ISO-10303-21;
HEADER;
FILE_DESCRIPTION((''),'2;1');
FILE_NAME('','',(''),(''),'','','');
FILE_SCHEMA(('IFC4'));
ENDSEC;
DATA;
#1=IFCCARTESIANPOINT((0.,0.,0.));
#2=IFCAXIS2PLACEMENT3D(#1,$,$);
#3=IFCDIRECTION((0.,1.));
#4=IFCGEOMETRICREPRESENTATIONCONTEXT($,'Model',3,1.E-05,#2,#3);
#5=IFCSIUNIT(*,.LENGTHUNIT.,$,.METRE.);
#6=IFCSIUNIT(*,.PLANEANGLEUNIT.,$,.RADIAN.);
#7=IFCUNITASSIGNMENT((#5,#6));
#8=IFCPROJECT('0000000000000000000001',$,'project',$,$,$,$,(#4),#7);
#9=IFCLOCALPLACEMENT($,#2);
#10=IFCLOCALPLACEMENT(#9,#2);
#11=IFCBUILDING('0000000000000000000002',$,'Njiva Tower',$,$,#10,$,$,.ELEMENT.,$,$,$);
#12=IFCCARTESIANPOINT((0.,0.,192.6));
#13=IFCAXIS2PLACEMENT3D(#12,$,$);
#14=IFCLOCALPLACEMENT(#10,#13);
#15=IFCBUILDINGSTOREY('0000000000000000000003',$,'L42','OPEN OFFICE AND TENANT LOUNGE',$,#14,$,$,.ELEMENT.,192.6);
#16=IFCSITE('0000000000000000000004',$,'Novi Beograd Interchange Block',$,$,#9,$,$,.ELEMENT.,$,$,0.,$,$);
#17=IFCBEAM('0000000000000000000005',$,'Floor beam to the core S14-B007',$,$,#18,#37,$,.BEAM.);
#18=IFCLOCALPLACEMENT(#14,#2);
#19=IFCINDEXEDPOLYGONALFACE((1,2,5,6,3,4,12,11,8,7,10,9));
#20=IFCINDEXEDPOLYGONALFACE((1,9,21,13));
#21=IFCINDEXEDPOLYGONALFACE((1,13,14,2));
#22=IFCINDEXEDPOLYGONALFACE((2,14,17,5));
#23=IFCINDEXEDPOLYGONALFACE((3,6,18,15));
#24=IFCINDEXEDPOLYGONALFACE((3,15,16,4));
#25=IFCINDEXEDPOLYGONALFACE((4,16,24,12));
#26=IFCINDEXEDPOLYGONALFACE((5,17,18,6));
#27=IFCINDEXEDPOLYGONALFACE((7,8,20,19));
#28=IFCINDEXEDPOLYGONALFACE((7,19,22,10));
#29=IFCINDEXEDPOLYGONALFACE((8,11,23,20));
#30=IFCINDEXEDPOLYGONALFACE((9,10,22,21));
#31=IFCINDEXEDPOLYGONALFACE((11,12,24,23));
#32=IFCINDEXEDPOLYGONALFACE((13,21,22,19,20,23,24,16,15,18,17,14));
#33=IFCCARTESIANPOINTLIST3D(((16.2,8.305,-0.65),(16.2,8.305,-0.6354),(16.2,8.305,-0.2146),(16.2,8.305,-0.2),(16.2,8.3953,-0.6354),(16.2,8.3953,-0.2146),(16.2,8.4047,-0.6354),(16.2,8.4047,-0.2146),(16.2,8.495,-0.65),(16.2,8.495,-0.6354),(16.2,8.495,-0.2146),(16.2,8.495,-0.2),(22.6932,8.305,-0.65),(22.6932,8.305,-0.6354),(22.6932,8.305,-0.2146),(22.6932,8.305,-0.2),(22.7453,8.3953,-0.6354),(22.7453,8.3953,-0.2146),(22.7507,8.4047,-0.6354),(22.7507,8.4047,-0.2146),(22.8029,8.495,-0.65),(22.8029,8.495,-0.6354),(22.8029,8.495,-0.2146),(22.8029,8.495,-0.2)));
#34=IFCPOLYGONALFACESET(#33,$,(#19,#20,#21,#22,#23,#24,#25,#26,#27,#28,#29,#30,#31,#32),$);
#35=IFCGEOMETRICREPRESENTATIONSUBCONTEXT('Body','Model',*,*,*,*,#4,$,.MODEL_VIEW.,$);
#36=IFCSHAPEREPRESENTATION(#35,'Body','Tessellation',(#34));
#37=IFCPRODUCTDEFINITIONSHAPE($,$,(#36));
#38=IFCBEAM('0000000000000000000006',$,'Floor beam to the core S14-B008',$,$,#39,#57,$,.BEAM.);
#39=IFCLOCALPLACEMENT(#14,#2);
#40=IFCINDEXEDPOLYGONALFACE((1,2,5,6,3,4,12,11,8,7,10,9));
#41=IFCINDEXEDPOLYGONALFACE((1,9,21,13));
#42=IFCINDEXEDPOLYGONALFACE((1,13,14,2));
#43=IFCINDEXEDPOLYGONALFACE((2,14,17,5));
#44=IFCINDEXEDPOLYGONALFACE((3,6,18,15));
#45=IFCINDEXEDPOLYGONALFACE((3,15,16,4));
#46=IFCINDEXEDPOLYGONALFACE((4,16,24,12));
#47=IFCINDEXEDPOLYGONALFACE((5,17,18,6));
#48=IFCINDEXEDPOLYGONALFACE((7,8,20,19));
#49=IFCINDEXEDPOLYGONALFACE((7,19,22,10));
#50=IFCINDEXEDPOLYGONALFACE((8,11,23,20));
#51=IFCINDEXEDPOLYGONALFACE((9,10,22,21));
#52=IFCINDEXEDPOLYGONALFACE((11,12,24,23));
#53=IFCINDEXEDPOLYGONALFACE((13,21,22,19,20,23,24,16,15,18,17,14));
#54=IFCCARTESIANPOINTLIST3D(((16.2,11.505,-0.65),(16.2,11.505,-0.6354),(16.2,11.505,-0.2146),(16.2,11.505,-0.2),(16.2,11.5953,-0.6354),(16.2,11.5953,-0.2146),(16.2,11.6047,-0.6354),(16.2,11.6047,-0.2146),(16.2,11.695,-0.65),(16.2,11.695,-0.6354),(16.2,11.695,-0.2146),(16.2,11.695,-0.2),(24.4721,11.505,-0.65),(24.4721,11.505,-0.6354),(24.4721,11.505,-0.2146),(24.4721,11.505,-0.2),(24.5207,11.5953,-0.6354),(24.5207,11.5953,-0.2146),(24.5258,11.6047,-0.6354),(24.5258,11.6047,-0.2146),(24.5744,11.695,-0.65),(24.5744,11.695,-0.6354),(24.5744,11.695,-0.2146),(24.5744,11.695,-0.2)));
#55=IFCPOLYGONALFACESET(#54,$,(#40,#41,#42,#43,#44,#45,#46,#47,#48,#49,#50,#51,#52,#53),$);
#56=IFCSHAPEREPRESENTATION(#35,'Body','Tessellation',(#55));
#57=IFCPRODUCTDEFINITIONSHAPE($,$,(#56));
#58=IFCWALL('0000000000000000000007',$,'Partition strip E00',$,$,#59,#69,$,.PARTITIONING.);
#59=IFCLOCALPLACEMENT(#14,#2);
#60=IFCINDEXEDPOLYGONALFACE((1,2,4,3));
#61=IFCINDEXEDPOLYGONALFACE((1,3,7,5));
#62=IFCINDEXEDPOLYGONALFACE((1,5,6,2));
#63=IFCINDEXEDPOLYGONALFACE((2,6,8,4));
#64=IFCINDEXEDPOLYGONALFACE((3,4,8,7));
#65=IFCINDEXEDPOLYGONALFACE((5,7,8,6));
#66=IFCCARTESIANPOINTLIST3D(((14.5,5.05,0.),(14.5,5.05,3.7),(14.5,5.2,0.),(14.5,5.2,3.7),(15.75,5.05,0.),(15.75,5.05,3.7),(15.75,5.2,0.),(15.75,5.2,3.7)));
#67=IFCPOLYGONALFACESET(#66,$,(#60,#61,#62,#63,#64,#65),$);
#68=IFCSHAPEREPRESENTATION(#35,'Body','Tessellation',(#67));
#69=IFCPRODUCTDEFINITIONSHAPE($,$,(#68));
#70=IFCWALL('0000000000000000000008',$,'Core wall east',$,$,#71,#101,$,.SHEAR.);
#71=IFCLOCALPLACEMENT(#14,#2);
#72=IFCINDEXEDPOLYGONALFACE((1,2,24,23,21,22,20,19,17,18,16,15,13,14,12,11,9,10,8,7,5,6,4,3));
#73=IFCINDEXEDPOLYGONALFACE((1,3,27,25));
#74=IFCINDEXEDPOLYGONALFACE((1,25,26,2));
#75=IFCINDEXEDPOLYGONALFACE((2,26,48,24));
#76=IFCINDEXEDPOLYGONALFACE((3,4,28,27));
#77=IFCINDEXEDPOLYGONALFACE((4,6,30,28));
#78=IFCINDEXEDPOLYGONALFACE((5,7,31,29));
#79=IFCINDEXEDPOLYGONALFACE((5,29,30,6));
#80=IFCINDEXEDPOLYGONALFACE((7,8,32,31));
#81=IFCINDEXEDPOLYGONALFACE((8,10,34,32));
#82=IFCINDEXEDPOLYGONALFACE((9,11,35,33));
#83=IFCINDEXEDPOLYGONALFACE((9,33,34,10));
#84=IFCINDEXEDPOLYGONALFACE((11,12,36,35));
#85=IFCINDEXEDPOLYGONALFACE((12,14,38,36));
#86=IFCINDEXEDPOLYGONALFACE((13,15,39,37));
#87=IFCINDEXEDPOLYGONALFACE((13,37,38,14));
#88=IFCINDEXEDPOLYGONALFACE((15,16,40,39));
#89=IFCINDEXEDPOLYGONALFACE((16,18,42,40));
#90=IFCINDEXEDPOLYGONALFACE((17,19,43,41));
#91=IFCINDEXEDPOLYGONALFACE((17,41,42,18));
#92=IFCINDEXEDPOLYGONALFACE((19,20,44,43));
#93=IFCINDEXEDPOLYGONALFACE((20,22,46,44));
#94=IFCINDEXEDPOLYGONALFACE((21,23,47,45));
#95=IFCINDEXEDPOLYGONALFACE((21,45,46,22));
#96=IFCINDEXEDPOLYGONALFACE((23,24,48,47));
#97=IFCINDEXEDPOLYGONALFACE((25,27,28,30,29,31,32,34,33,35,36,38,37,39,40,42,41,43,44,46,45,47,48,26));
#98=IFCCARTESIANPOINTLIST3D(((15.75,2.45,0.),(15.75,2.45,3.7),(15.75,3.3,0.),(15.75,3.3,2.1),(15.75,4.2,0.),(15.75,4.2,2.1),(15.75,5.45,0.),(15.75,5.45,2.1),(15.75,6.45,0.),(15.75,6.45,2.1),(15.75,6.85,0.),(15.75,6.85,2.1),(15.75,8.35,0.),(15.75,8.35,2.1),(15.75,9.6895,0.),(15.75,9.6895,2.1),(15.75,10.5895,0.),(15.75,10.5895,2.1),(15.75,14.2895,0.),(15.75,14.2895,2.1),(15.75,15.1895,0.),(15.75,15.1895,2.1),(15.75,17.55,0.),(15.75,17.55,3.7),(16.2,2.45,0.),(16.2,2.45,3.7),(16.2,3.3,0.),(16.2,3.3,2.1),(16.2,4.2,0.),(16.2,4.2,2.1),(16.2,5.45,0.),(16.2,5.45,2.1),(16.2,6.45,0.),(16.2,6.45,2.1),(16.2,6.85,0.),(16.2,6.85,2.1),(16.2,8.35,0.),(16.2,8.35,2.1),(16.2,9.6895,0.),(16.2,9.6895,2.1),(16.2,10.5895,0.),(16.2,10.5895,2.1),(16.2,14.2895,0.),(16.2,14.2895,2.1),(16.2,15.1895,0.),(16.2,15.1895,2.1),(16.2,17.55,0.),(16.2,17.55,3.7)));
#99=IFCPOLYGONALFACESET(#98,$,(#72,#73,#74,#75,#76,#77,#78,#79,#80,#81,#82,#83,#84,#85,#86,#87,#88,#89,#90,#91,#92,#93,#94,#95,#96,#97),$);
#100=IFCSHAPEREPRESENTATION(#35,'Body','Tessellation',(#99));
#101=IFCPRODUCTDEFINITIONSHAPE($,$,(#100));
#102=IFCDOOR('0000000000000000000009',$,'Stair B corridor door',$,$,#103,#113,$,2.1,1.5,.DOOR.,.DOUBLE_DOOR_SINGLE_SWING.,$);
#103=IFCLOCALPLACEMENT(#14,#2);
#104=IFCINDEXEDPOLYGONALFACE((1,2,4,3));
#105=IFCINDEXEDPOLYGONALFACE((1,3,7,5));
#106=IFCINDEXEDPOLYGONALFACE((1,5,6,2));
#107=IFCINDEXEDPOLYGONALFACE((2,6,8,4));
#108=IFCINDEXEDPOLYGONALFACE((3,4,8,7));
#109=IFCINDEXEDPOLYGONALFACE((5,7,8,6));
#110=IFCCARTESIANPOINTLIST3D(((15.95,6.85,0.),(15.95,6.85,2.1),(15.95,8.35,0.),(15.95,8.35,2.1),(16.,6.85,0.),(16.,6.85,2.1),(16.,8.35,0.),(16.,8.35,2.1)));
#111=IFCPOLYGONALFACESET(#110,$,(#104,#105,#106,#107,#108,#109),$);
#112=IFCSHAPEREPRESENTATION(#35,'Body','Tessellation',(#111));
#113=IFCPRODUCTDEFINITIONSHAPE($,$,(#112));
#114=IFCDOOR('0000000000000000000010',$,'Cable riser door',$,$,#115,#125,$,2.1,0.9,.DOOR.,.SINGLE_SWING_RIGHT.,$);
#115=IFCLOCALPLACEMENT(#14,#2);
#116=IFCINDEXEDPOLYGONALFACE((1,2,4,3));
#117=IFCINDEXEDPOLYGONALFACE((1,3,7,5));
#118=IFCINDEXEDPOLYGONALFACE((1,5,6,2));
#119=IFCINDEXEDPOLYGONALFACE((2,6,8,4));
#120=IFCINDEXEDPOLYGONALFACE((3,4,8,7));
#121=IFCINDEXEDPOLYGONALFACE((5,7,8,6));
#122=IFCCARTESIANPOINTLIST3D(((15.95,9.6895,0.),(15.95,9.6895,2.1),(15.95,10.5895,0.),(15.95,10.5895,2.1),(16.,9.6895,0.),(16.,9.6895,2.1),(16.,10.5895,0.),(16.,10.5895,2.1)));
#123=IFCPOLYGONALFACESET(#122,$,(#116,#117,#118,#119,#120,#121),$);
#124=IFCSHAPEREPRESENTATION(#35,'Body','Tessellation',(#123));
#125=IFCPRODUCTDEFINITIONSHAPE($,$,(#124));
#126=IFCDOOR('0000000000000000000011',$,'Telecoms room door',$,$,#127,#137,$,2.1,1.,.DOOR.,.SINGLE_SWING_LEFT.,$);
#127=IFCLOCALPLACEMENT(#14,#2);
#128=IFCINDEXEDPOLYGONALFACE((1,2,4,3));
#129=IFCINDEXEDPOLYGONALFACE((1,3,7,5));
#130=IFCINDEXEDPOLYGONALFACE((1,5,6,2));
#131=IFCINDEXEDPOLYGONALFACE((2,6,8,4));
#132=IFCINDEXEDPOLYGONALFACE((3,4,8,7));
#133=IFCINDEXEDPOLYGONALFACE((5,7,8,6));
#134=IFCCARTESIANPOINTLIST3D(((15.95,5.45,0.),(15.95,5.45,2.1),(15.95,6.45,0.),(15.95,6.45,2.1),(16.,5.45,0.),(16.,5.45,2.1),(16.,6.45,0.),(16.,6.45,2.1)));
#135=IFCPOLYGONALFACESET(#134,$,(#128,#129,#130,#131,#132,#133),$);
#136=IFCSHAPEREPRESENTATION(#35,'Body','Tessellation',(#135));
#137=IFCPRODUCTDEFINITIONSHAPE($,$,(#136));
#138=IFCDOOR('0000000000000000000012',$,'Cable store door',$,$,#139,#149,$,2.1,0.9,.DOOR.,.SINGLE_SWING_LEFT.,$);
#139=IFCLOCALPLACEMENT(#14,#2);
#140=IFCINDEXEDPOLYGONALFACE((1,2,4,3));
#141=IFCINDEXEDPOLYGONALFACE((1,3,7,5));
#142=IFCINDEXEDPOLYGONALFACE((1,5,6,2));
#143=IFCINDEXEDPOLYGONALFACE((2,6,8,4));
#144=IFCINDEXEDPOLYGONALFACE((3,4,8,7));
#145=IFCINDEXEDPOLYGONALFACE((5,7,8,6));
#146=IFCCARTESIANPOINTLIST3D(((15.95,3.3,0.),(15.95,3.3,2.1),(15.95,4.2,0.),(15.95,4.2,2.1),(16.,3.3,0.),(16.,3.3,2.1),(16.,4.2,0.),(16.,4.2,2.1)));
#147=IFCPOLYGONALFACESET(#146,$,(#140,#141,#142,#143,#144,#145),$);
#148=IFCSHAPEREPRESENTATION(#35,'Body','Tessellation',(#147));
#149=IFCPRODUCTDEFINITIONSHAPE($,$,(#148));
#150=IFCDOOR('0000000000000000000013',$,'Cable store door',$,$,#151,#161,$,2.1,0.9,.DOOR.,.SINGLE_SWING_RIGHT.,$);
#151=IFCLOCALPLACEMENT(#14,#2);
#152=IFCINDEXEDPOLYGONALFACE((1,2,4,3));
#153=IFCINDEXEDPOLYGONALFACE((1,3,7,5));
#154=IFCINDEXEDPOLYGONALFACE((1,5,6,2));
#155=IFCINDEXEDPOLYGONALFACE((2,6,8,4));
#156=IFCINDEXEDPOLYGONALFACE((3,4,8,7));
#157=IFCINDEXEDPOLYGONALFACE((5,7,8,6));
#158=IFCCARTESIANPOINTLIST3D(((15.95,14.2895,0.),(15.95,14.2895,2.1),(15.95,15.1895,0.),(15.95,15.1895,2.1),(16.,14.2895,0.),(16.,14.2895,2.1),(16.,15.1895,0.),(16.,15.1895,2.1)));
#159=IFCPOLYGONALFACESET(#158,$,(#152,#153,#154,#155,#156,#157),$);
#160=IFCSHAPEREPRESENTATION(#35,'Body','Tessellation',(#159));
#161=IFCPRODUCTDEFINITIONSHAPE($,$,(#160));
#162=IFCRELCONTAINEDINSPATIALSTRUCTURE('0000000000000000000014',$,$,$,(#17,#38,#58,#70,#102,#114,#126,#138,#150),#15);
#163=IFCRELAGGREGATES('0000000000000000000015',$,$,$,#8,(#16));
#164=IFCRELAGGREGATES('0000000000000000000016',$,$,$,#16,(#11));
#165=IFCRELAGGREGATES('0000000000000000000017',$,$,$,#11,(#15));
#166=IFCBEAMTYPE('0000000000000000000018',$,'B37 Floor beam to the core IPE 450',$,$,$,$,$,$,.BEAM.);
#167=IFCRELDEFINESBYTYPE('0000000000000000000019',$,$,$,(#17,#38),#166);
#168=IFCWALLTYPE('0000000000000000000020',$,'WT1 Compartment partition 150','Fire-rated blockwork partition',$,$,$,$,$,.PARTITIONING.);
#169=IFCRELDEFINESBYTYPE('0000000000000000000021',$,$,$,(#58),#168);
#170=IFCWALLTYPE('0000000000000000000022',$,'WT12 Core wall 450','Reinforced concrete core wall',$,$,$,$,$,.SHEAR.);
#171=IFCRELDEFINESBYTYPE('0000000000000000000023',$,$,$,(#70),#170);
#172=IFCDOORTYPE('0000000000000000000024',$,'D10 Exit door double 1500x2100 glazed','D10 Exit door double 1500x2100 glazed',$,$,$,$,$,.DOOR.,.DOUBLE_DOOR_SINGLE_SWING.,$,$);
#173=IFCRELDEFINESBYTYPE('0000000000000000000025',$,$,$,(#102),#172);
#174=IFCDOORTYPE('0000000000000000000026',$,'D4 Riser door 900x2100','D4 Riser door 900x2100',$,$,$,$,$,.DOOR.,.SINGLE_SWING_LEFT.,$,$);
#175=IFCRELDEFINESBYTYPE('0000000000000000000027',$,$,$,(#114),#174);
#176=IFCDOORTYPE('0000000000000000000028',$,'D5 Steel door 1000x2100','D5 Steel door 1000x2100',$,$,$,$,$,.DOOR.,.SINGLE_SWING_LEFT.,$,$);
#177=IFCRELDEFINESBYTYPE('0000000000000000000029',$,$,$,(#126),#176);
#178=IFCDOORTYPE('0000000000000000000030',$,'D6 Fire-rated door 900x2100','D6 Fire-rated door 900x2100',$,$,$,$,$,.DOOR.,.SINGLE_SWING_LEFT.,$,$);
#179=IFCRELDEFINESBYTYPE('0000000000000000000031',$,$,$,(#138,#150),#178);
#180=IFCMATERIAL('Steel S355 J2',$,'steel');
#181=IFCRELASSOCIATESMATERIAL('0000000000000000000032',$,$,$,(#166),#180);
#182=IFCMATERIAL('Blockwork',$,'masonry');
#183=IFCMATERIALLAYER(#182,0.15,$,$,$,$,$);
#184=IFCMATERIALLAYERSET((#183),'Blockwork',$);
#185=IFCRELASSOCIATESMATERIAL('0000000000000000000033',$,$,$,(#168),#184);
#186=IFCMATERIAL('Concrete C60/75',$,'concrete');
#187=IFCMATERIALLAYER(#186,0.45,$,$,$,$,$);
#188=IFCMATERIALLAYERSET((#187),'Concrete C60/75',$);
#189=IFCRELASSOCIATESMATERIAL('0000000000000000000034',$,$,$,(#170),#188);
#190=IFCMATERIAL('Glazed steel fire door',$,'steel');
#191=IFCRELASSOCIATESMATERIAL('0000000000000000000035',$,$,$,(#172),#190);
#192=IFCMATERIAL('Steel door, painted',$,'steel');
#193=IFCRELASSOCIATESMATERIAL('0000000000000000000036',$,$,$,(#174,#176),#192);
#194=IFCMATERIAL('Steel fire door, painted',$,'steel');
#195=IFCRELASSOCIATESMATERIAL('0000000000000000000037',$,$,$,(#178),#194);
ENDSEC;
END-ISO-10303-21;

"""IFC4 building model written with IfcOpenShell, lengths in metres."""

from ifc_helpers import new_model, si_unit, direction, frame, frame_2d, origin, origin_2d, place, context, subcontext, project, spatial, rectangle, i_section, extrude, clip, halfspace, material, layer, layer_set, material_profile, profile_set, type_object, element, fill, save


model = new_model("IFC4")

# Units and contexts
model_context = context("Model", 3, precision=1e-05, world=origin(), true_north=direction((0.0, 1.0)))
body_context = subcontext(model_context, "Body", "Model", "MODEL_VIEW")
ifc_project = project(units=[si_unit("LENGTHUNIT", "METRE"), si_unit("PLANEANGLEUNIT", "RADIAN")], contexts=[model_context])

# Site, building, storey
site_placement = place(None, origin())
site = spatial("IfcSite", under=ifc_project, at=site_placement, Name="Novi Beograd Interchange Block", CompositionType="ELEMENT", RefElevation=0.0)
building_placement = place(site_placement, origin())
building = spatial("IfcBuilding", under=site, at=building_placement, Name="Njiva Tower", CompositionType="ELEMENT")
storey_placement = place(building_placement, frame((0.0, 0.0, 192.6)))
storey = spatial("IfcBuildingStorey", under=building, at=storey_placement, Name="L42", Description="OPEN OFFICE AND TENANT LOUNGE", CompositionType="ELEMENT", Elevation=192.6)

# Shared definitions
ifc_material_1 = material(Name="Steel S355 J2", Category="steel")

# Beams
ifc_material_profile_1 = material_profile(ifc_material_1, i_section(OverallWidth=0.19, OverallDepth=0.45, WebThickness=0.0094, FlangeThickness=0.0146, at=origin_2d()), Name="IPE 450")
ifc_profile_set_1 = profile_set([ifc_material_profile_1], Name="Steel S355 J2")
beam_type_1 = type_object("IfcBeamType", Name="B37 Floor beam to the core IPE 450", PredefinedType="BEAM", material=ifc_profile_set_1)
beam_1_placement = place(storey_placement, frame((16.2, 8.4, -0.425), z_axis=(1.0, 0.0, 0.0), x_axis=(0.0, 1.0, 0.0)))
element("IfcBeam", 1, at=beam_1_placement, inside=storey, type_object=beam_type_1, Name="Floor beam to the core S14-B007", PredefinedType="BEAM", context=body_context, shape_type="Clipping", body=[
    clip(extrude(i_section(OverallWidth=0.19, OverallDepth=0.45, WebThickness=0.0094, FlangeThickness=0.0146, at=origin_2d()), origin(), (0.0, 0.0, 1.0), 6.623), halfspace(frame((-0.025, 0.0, 6.5336), z_axis=(-0.499998, 0.0, 0.866027), x_axis=(0.0, 1.0, 0.0)), False)),
])
beam_2_placement = place(storey_placement, frame((16.2, 11.6, -0.425), z_axis=(1.0, 0.0, 0.0), x_axis=(0.0, 1.0, 0.0)))
element("IfcBeam", 2, at=beam_2_placement, inside=storey, type_object=beam_type_1, Name="Floor beam to the core S14-B008", PredefinedType="BEAM", context=body_context, shape_type="Clipping", body=[
    clip(extrude(i_section(OverallWidth=0.19, OverallDepth=0.45, WebThickness=0.0094, FlangeThickness=0.0146, at=origin_2d()), origin(), (0.0, 0.0, 1.0), 8.394), halfspace(frame((-0.0237, 0.0, 8.3105), z_axis=(-0.473769, 0.0, 0.880649), x_axis=(0.0, 1.0, 0.0)), False)),
])

# Wall
ifc_material_2 = material(Name="Blockwork", Category="masonry")
ifc_layer_1 = layer(ifc_material_2, 0.15)
ifc_layer_set_1 = layer_set([ifc_layer_1], Name="Blockwork")
wall_type_1 = type_object("IfcWallType", Name="WT1 Compartment partition 150", Description="Fire-rated blockwork partition", PredefinedType="PARTITIONING", material=ifc_layer_set_1)
wall_1_placement = place(storey_placement, frame((14.5, 5.125, 0.0), z_axis=(0.0, 0.0, 1.0), x_axis=(1.0, 0.0, 0.0)))
element("IfcWall", 3, at=wall_1_placement, inside=storey, type_object=wall_type_1, Name="Partition strip E00", PredefinedType="PARTITIONING", context=body_context, shape_type="SweptSolid", body=[
    extrude(rectangle(XDim=1.25, YDim=0.15, at=frame_2d((0.625, 0.0))), origin(), (0.0, 0.0, 1.0), 3.7),
])

# Wall, openings, doors
ifc_material_3 = material(Name="Concrete C60/75", Category="concrete")
ifc_layer_2 = layer(ifc_material_3, 0.45)
ifc_layer_set_2 = layer_set([ifc_layer_2], Name="Concrete C60/75")
wall_type_2 = type_object("IfcWallType", Name="WT12 Core wall 450", Description="Reinforced concrete core wall", PredefinedType="SHEAR", material=ifc_layer_set_2)
wall_2_placement = place(storey_placement, frame((15.975, 2.45, 0.0), z_axis=(0.0, 0.0, 1.0), x_axis=(0.0, 1.0, 0.0)))
wall_2 = element("IfcWall", 4, at=wall_2_placement, inside=storey, type_object=wall_type_2, Name="Core wall east", PredefinedType="SHEAR", context=body_context, shape_type="SweptSolid", body=[
    extrude(rectangle(XDim=15.1, YDim=0.45, at=frame_2d((7.55, 0.0))), origin(), (0.0, 0.0, 1.0), 3.7),
])
opening_1_placement = place(wall_2_placement, frame((4.4, 0.0, 0.0)))
opening_1 = element("IfcOpeningElement", 5, at=opening_1_placement, cuts=wall_2, PredefinedType="OPENING", context=body_context, shape_type="SweptSolid", body=[
    extrude(rectangle(XDim=1.5, YDim=2.1, at=frame_2d((0.75, 1.05))), frame((0.0, 0.235, 0.0), z_axis=(0.0, -1.0, 0.0), x_axis=(1.0, 0.0, 0.0)), (0.0, 0.0, 1.0), 0.47),
])
opening_2_placement = place(wall_2_placement, frame((0.85, 0.0, 0.0)))
opening_2 = element("IfcOpeningElement", 6, at=opening_2_placement, cuts=wall_2, PredefinedType="OPENING", context=body_context, shape_type="SweptSolid", body=[
    extrude(rectangle(XDim=0.9, YDim=2.1, at=frame_2d((0.45, 1.05))), frame((0.0, 0.235, 0.0), z_axis=(0.0, -1.0, 0.0), x_axis=(1.0, 0.0, 0.0)), (0.0, 0.0, 1.0), 0.47),
])
opening_3_placement = place(wall_2_placement, frame((3.0, 0.0, 0.0)))
opening_3 = element("IfcOpeningElement", 7, at=opening_3_placement, cuts=wall_2, PredefinedType="OPENING", context=body_context, shape_type="SweptSolid", body=[
    extrude(rectangle(XDim=1.0, YDim=2.1, at=frame_2d((0.5, 1.05))), frame((0.0, 0.235, 0.0), z_axis=(0.0, -1.0, 0.0), x_axis=(1.0, 0.0, 0.0)), (0.0, 0.0, 1.0), 0.47),
])
opening_4_placement = place(wall_2_placement, frame((7.2395, 0.0, 0.0)))
opening_4 = element("IfcOpeningElement", 8, at=opening_4_placement, cuts=wall_2, PredefinedType="OPENING", context=body_context, shape_type="SweptSolid", body=[
    extrude(rectangle(XDim=0.9, YDim=2.1, at=frame_2d((0.45, 1.05))), frame((0.0, 0.235, 0.0), z_axis=(0.0, -1.0, 0.0), x_axis=(1.0, 0.0, 0.0)), (0.0, 0.0, 1.0), 0.47),
])
opening_5_placement = place(wall_2_placement, frame((11.8395, 0.0, 0.0)))
opening_5 = element("IfcOpeningElement", 9, at=opening_5_placement, cuts=wall_2, PredefinedType="OPENING", context=body_context, shape_type="SweptSolid", body=[
    extrude(rectangle(XDim=0.9, YDim=2.1, at=frame_2d((0.45, 1.05))), frame((0.0, 0.235, 0.0), z_axis=(0.0, -1.0, 0.0), x_axis=(1.0, 0.0, 0.0)), (0.0, 0.0, 1.0), 0.47),
])
ifc_material_4 = material(Name="Glazed steel fire door", Category="steel")
door_type_1 = type_object("IfcDoorType", Name="D10 Exit door double 1500x2100 glazed", Description="D10 Exit door double 1500x2100 glazed", OperationType="DOUBLE_DOOR_SINGLE_SWING", PredefinedType="DOOR", material=ifc_material_4)
door_1_placement = place(opening_1_placement, origin())
door_1 = element("IfcDoor", 10, at=door_1_placement, inside=storey, type_object=door_type_1, Name="Stair B corridor door", OperationType="DOUBLE_DOOR_SINGLE_SWING", OverallHeight=2.1, OverallWidth=1.5, PredefinedType="DOOR", context=body_context, shape_type="SweptSolid", body=[
    extrude(rectangle(XDim=1.5, YDim=2.1, at=frame_2d((0.75, 1.05))), frame((0.0, 0.025, 0.0), z_axis=(0.0, -1.0, 0.0), x_axis=(1.0, 0.0, 0.0)), (0.0, 0.0, 1.0), 0.05),
])
fill(opening_1, door_1)
ifc_material_5 = material(Name="Steel door, painted", Category="steel")
door_type_2 = type_object("IfcDoorType", Name="D4 Riser door 900x2100", Description="D4 Riser door 900x2100", OperationType="SINGLE_SWING_LEFT", PredefinedType="DOOR", material=ifc_material_5)
door_2_placement = place(opening_4_placement, origin())
door_2 = element("IfcDoor", 11, at=door_2_placement, inside=storey, type_object=door_type_2, Name="Cable riser door", OperationType="SINGLE_SWING_RIGHT", OverallHeight=2.1, OverallWidth=0.9, PredefinedType="DOOR", context=body_context, shape_type="SweptSolid", body=[
    extrude(rectangle(XDim=0.9, YDim=2.1, at=frame_2d((0.45, 1.05))), frame((0.0, 0.025, 0.0), z_axis=(0.0, -1.0, 0.0), x_axis=(1.0, 0.0, 0.0)), (0.0, 0.0, 1.0), 0.05),
])
fill(opening_4, door_2)
door_type_3 = type_object("IfcDoorType", Name="D5 Steel door 1000x2100", Description="D5 Steel door 1000x2100", OperationType="SINGLE_SWING_LEFT", PredefinedType="DOOR", material=ifc_material_5)
door_3_placement = place(opening_3_placement, origin())
door_3 = element("IfcDoor", 12, at=door_3_placement, inside=storey, type_object=door_type_3, Name="Telecoms room door", OperationType="SINGLE_SWING_LEFT", OverallHeight=2.1, OverallWidth=1.0, PredefinedType="DOOR", context=body_context, shape_type="SweptSolid", body=[
    extrude(rectangle(XDim=1.0, YDim=2.1, at=frame_2d((0.5, 1.05))), frame((0.0, 0.025, 0.0), z_axis=(0.0, -1.0, 0.0), x_axis=(1.0, 0.0, 0.0)), (0.0, 0.0, 1.0), 0.05),
])
fill(opening_3, door_3)
ifc_material_6 = material(Name="Steel fire door, painted", Category="steel")
door_type_4 = type_object("IfcDoorType", Name="D6 Fire-rated door 900x2100", Description="D6 Fire-rated door 900x2100", OperationType="SINGLE_SWING_LEFT", PredefinedType="DOOR", material=ifc_material_6)
door_4_placement = place(opening_2_placement, origin())
door_4 = element("IfcDoor", 13, at=door_4_placement, inside=storey, type_object=door_type_4, Name="Cable store door", OperationType="SINGLE_SWING_LEFT", OverallHeight=2.1, OverallWidth=0.9, PredefinedType="DOOR", context=body_context, shape_type="SweptSolid", body=[
    extrude(rectangle(XDim=0.9, YDim=2.1, at=frame_2d((0.45, 1.05))), frame((0.0, 0.025, 0.0), z_axis=(0.0, -1.0, 0.0), x_axis=(1.0, 0.0, 0.0)), (0.0, 0.0, 1.0), 0.05),
])
fill(opening_2, door_4)
door_5_placement = place(opening_5_placement, origin())
door_5 = element("IfcDoor", 14, at=door_5_placement, inside=storey, type_object=door_type_4, Name="Cable store door", OperationType="SINGLE_SWING_RIGHT", OverallHeight=2.1, OverallWidth=0.9, PredefinedType="DOOR", context=body_context, shape_type="SweptSolid", body=[
    extrude(rectangle(XDim=0.9, YDim=2.1, at=frame_2d((0.45, 1.05))), frame((0.0, 0.025, 0.0), z_axis=(0.0, -1.0, 0.0), x_axis=(1.0, 0.0, 0.0)), (0.0, 0.0, 1.0), 0.05),
])
fill(opening_5, door_5)

save(model, "model.ifc")
